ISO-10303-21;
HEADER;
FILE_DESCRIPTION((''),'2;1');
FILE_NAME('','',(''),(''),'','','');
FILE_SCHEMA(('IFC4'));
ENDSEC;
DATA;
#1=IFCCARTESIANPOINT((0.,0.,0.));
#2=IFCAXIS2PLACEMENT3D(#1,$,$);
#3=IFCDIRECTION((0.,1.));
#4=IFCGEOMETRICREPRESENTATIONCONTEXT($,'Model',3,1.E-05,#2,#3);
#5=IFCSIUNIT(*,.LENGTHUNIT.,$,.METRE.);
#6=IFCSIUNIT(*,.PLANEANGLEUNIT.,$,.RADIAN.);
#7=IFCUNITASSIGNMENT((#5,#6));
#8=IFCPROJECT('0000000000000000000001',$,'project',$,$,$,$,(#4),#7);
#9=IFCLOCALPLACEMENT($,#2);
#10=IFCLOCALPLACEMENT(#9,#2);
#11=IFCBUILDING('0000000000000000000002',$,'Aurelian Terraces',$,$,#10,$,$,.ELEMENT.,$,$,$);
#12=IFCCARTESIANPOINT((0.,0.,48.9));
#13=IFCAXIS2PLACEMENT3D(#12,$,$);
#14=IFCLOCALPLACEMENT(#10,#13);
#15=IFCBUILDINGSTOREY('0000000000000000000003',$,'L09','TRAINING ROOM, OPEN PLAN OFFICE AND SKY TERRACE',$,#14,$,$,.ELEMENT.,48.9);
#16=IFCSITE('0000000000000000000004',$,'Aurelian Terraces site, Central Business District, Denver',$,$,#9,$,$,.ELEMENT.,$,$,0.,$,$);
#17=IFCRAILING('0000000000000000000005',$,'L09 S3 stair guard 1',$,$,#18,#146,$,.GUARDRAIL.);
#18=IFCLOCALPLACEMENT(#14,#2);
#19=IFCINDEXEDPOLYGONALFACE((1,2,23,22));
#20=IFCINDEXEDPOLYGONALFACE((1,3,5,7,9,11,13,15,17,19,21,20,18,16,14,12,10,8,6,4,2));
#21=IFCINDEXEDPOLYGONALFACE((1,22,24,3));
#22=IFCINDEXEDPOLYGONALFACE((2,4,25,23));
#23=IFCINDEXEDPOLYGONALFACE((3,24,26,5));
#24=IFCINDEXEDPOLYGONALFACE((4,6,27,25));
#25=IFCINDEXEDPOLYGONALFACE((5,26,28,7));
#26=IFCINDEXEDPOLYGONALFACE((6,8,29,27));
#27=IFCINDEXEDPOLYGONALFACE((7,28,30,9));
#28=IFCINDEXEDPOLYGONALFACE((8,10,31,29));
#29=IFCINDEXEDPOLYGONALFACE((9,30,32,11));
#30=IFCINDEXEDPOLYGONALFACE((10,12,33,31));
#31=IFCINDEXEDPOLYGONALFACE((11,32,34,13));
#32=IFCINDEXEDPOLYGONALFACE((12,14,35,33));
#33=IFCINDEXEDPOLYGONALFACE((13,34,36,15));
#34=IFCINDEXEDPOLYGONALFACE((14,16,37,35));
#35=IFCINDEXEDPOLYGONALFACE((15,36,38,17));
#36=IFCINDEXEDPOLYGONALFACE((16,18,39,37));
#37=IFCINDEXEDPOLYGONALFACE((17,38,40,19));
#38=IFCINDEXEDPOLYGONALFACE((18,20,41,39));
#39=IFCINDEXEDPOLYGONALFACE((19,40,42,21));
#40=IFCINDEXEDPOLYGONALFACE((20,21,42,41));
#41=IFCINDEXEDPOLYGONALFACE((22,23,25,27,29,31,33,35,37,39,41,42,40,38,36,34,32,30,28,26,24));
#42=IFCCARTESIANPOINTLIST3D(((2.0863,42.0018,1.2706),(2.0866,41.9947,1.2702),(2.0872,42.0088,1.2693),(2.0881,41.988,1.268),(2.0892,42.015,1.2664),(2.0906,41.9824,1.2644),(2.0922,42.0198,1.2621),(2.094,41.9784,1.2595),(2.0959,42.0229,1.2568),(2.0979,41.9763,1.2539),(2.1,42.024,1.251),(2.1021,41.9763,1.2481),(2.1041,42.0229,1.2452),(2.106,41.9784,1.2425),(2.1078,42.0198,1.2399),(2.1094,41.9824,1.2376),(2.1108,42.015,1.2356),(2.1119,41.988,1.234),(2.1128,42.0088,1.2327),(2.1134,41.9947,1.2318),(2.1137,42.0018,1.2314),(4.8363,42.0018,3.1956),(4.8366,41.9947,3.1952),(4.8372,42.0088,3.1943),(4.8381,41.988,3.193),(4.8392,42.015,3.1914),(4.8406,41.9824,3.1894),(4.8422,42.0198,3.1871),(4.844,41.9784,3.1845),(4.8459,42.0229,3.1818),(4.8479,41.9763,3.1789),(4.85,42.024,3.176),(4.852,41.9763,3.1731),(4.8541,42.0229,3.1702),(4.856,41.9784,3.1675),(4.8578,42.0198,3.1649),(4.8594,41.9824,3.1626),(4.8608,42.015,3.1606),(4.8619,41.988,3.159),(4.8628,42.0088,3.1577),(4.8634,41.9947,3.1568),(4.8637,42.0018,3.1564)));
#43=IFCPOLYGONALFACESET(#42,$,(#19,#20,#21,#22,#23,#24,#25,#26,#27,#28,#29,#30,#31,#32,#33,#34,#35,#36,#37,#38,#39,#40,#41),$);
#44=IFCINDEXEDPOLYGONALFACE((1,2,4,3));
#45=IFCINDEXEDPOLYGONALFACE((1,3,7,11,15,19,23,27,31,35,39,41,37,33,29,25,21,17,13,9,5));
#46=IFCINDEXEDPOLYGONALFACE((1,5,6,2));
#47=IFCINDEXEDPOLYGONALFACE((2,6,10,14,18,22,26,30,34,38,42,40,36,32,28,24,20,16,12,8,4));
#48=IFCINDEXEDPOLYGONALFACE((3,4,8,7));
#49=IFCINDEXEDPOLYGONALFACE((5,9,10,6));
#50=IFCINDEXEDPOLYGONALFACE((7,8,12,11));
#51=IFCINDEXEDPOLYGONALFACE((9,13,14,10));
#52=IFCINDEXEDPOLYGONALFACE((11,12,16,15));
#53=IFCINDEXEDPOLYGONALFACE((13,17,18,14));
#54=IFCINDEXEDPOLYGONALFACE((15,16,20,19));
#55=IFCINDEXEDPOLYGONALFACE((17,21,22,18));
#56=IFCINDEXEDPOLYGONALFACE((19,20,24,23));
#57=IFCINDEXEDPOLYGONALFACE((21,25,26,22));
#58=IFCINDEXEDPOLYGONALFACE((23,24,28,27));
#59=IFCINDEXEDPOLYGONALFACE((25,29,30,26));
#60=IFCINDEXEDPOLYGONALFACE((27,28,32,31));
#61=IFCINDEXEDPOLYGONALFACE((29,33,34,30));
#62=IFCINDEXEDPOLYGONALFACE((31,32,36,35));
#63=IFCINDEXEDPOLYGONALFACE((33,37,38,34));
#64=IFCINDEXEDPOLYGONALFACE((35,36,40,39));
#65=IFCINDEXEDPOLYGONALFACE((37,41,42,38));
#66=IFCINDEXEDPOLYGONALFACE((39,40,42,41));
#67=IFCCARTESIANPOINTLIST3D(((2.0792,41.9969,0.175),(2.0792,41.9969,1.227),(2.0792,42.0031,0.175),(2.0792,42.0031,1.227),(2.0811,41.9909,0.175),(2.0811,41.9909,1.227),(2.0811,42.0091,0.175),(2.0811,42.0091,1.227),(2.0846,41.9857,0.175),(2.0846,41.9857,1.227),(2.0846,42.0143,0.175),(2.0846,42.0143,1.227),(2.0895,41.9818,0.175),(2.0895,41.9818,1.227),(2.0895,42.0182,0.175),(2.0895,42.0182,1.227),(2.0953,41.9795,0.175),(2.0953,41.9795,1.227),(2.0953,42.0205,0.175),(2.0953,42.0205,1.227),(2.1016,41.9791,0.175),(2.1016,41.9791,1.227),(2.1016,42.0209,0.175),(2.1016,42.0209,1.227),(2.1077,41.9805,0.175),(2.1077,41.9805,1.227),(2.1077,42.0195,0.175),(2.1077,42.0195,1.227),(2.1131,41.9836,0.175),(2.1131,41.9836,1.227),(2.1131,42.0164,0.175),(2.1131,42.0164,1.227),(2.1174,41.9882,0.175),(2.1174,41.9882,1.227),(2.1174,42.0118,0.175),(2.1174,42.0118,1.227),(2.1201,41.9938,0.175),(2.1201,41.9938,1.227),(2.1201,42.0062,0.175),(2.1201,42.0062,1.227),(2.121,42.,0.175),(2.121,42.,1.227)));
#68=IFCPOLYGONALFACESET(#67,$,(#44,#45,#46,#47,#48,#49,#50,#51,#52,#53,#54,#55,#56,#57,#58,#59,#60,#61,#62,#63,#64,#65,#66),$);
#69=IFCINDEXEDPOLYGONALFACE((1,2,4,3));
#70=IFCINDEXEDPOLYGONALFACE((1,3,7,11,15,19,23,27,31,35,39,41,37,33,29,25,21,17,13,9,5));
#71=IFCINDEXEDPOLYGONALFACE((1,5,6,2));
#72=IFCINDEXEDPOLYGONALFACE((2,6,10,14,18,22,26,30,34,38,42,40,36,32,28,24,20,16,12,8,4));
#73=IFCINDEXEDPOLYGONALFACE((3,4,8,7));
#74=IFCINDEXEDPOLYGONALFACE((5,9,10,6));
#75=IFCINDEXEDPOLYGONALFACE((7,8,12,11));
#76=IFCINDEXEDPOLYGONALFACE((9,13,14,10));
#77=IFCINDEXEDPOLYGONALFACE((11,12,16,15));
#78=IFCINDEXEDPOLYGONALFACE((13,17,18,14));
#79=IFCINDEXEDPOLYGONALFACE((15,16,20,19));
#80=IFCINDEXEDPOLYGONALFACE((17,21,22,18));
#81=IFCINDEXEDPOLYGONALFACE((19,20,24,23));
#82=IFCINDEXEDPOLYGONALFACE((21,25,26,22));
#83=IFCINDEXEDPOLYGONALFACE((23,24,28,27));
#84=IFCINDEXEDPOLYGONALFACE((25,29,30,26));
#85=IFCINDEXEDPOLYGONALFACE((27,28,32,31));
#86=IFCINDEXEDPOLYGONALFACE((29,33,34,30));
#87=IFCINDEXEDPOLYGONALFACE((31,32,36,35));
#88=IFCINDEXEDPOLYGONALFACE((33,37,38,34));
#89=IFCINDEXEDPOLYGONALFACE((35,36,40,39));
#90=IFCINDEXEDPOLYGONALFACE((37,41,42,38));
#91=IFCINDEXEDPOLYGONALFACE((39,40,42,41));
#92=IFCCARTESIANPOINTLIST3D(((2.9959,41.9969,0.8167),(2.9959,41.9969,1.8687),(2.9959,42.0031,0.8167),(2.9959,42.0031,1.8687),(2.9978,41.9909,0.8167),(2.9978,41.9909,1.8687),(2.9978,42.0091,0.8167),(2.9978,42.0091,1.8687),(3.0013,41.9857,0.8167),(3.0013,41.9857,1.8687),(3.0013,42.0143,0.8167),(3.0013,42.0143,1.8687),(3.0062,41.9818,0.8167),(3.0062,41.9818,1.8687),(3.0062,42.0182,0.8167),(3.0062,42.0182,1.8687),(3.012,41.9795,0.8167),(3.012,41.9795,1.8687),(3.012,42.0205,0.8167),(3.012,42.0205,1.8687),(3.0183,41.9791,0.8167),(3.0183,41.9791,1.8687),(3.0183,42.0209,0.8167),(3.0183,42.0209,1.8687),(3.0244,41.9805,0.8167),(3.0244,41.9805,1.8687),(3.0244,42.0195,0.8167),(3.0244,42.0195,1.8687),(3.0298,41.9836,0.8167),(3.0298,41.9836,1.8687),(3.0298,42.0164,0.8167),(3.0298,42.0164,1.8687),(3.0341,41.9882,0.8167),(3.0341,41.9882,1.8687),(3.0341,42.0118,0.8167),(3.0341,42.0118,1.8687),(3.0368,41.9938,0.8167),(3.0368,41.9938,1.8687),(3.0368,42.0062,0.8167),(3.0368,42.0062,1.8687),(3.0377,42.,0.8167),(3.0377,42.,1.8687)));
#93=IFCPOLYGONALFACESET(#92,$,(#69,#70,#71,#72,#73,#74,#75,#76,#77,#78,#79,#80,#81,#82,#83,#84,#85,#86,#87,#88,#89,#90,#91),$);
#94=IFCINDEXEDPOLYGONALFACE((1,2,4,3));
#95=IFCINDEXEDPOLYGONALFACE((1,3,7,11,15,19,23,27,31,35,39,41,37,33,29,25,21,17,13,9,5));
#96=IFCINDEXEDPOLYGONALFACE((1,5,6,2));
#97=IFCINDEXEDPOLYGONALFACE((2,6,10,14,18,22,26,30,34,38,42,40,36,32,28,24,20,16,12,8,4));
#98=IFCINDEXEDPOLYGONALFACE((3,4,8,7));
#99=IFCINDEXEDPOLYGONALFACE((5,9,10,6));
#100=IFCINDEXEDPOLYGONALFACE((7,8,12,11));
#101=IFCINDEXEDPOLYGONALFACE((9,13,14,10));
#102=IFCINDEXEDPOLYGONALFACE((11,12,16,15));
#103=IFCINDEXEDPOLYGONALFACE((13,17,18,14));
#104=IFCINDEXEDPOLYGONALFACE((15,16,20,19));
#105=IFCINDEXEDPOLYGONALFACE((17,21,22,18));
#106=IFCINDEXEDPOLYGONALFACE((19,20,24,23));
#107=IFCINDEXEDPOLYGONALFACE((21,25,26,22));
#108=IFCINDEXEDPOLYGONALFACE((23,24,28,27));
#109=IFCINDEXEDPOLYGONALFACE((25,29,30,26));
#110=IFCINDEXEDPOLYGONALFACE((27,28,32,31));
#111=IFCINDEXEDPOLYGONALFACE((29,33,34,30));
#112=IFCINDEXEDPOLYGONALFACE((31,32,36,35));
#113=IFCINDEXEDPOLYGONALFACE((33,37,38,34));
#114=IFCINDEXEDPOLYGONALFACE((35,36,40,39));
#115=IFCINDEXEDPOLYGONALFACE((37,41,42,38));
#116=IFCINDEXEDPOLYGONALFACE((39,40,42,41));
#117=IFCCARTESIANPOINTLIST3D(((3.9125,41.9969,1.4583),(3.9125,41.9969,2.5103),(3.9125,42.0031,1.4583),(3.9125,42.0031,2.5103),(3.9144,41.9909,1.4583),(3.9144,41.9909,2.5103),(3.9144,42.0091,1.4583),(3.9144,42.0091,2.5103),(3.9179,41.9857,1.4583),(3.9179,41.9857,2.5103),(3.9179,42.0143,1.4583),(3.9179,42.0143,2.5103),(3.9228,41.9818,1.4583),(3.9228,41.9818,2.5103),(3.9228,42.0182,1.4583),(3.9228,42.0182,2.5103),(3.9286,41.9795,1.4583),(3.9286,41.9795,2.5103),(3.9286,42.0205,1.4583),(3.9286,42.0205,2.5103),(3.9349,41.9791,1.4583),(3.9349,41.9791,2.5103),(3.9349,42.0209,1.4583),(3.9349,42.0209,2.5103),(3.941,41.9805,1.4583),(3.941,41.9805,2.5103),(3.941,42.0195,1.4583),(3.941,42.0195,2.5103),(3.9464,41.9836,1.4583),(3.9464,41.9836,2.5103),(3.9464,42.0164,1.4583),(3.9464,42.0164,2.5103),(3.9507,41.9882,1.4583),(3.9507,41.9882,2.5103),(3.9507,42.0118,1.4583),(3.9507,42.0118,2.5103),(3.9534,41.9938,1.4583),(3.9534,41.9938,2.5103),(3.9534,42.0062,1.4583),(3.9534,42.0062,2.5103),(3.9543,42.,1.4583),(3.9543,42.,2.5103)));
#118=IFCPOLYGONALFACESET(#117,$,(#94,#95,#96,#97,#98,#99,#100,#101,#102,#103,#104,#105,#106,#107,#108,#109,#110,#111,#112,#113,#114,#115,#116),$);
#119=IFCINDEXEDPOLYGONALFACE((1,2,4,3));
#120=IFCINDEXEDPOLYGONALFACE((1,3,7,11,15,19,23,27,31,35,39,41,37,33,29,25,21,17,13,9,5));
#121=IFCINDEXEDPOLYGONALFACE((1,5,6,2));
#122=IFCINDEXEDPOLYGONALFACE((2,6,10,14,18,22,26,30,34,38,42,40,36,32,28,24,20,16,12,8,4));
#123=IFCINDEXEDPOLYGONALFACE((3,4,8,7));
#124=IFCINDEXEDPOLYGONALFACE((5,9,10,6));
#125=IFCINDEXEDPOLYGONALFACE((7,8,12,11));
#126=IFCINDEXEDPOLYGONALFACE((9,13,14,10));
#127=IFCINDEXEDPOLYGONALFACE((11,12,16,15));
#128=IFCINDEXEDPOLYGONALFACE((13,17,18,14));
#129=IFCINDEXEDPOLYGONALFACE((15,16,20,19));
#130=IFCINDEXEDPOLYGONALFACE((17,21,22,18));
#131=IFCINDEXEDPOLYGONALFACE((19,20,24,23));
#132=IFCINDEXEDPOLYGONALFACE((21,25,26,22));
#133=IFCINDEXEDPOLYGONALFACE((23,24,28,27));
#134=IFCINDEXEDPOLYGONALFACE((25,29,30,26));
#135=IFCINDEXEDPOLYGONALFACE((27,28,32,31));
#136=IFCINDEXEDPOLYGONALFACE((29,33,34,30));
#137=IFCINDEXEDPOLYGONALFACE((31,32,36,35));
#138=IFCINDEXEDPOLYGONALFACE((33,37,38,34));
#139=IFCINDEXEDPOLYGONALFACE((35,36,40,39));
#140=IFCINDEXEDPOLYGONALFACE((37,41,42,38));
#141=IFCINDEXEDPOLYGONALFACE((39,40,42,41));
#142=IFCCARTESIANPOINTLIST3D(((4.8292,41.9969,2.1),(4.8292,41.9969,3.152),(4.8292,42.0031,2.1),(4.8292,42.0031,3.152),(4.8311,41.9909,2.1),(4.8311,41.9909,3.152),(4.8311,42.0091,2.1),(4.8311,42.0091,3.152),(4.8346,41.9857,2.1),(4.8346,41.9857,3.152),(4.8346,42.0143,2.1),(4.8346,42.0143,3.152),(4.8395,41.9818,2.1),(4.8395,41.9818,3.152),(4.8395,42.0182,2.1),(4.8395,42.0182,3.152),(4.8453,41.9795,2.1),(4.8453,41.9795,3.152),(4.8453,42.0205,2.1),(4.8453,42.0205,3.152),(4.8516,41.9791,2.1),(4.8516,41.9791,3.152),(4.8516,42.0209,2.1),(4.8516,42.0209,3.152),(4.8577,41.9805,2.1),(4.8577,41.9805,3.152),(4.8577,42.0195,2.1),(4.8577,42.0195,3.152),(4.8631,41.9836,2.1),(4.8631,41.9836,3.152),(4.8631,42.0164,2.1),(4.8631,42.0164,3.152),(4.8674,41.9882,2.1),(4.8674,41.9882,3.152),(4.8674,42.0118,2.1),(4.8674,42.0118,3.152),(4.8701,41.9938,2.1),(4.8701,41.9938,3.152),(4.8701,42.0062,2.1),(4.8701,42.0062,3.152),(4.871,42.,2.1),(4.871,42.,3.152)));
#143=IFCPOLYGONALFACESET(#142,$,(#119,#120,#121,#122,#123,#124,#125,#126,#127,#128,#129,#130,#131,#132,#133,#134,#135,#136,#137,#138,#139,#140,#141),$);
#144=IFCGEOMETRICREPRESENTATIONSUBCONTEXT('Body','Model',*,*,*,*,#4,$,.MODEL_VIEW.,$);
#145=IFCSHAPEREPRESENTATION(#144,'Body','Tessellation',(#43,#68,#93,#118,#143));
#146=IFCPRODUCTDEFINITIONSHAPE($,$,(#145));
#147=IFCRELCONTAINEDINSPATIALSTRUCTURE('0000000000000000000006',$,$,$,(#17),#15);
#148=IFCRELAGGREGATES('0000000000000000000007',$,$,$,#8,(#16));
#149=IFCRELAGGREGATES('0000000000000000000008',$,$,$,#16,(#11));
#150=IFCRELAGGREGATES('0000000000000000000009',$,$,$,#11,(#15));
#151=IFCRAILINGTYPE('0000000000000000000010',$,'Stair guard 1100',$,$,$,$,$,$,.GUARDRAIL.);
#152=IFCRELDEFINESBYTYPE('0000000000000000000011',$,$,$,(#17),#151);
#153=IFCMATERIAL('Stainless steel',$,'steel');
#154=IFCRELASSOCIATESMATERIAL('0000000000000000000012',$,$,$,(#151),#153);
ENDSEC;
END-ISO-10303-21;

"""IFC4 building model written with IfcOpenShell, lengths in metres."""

from ifc_helpers import new_model, si_unit, direction, frame, origin, origin_2d, place, context, subcontext, project, spatial, circle, extrude, source, transform, mapped, material, type_object, element, save


model = new_model("IFC4")

# Units and contexts
model_context = context("Model", 3, precision=1e-05, world=origin(), true_north=direction((0.0, 1.0)))
body_context = subcontext(model_context, "Body", "Model", "MODEL_VIEW")
ifc_project = project(units=[si_unit("LENGTHUNIT", "METRE"), si_unit("PLANEANGLEUNIT", "RADIAN")], contexts=[model_context])

# Site, building, storey
site_placement = place(None, origin())
site = spatial("IfcSite", under=ifc_project, at=site_placement, Name="Aurelian Terraces site, Central Business District, Denver", CompositionType="ELEMENT", RefElevation=0.0)
building_placement = place(site_placement, origin())
building = spatial("IfcBuilding", under=site, at=building_placement, Name="Aurelian Terraces", CompositionType="ELEMENT")
storey_placement = place(building_placement, frame((0.0, 0.0, 48.9)))
storey = spatial("IfcBuildingStorey", under=building, at=storey_placement, Name="L09", Description="TRAINING ROOM, OPEN PLAN OFFICE AND SKY TERRACE", CompositionType="ELEMENT", Elevation=48.9)

# Railing
ifc_material_1 = material(Name="Stainless steel", Category="steel")
railing_type_1 = type_object("IfcRailingType", Name="Stair guard 1100", PredefinedType="GUARDRAIL", material=ifc_material_1)
shared_shape_1 = source(origin(), body_context, "Body", "SweptSolid", [
    extrude(circle(Radius=0.024, at=origin_2d()), frame((0.0, 0.0, 1.076), z_axis=(0.819232, 0.0, 0.573462), x_axis=(0.0, 1.0, 0.0)), (0.0, 0.0, 1.0), 3.3568),
    extrude(circle(Radius=0.021, at=origin_2d()), origin(), (0.0, 0.0, 1.0), 1.052),
    extrude(circle(Radius=0.021, at=origin_2d()), frame((0.9167, 0.0, 0.6417)), (0.0, 0.0, 1.0), 1.052),
    extrude(circle(Radius=0.021, at=origin_2d()), frame((1.8333, 0.0, 1.2833)), (0.0, 0.0, 1.0), 1.052),
    extrude(circle(Radius=0.021, at=origin_2d()), frame((2.75, 0.0, 1.925)), (0.0, 0.0, 1.0), 1.052),
])
railing_1_placement = place(storey_placement, frame((2.1, 42.0, 0.175)))
element("IfcRailing", 1, at=railing_1_placement, inside=storey, type_object=railing_type_1, Name="L09 S3 stair guard 1", PredefinedType="GUARDRAIL", context=body_context, shape_type="MappedRepresentation", body=[
    mapped(shared_shape_1, transform((0.0, 0.0, 0.0), scale=1.0)),
])

save(model, "model.ifc")
